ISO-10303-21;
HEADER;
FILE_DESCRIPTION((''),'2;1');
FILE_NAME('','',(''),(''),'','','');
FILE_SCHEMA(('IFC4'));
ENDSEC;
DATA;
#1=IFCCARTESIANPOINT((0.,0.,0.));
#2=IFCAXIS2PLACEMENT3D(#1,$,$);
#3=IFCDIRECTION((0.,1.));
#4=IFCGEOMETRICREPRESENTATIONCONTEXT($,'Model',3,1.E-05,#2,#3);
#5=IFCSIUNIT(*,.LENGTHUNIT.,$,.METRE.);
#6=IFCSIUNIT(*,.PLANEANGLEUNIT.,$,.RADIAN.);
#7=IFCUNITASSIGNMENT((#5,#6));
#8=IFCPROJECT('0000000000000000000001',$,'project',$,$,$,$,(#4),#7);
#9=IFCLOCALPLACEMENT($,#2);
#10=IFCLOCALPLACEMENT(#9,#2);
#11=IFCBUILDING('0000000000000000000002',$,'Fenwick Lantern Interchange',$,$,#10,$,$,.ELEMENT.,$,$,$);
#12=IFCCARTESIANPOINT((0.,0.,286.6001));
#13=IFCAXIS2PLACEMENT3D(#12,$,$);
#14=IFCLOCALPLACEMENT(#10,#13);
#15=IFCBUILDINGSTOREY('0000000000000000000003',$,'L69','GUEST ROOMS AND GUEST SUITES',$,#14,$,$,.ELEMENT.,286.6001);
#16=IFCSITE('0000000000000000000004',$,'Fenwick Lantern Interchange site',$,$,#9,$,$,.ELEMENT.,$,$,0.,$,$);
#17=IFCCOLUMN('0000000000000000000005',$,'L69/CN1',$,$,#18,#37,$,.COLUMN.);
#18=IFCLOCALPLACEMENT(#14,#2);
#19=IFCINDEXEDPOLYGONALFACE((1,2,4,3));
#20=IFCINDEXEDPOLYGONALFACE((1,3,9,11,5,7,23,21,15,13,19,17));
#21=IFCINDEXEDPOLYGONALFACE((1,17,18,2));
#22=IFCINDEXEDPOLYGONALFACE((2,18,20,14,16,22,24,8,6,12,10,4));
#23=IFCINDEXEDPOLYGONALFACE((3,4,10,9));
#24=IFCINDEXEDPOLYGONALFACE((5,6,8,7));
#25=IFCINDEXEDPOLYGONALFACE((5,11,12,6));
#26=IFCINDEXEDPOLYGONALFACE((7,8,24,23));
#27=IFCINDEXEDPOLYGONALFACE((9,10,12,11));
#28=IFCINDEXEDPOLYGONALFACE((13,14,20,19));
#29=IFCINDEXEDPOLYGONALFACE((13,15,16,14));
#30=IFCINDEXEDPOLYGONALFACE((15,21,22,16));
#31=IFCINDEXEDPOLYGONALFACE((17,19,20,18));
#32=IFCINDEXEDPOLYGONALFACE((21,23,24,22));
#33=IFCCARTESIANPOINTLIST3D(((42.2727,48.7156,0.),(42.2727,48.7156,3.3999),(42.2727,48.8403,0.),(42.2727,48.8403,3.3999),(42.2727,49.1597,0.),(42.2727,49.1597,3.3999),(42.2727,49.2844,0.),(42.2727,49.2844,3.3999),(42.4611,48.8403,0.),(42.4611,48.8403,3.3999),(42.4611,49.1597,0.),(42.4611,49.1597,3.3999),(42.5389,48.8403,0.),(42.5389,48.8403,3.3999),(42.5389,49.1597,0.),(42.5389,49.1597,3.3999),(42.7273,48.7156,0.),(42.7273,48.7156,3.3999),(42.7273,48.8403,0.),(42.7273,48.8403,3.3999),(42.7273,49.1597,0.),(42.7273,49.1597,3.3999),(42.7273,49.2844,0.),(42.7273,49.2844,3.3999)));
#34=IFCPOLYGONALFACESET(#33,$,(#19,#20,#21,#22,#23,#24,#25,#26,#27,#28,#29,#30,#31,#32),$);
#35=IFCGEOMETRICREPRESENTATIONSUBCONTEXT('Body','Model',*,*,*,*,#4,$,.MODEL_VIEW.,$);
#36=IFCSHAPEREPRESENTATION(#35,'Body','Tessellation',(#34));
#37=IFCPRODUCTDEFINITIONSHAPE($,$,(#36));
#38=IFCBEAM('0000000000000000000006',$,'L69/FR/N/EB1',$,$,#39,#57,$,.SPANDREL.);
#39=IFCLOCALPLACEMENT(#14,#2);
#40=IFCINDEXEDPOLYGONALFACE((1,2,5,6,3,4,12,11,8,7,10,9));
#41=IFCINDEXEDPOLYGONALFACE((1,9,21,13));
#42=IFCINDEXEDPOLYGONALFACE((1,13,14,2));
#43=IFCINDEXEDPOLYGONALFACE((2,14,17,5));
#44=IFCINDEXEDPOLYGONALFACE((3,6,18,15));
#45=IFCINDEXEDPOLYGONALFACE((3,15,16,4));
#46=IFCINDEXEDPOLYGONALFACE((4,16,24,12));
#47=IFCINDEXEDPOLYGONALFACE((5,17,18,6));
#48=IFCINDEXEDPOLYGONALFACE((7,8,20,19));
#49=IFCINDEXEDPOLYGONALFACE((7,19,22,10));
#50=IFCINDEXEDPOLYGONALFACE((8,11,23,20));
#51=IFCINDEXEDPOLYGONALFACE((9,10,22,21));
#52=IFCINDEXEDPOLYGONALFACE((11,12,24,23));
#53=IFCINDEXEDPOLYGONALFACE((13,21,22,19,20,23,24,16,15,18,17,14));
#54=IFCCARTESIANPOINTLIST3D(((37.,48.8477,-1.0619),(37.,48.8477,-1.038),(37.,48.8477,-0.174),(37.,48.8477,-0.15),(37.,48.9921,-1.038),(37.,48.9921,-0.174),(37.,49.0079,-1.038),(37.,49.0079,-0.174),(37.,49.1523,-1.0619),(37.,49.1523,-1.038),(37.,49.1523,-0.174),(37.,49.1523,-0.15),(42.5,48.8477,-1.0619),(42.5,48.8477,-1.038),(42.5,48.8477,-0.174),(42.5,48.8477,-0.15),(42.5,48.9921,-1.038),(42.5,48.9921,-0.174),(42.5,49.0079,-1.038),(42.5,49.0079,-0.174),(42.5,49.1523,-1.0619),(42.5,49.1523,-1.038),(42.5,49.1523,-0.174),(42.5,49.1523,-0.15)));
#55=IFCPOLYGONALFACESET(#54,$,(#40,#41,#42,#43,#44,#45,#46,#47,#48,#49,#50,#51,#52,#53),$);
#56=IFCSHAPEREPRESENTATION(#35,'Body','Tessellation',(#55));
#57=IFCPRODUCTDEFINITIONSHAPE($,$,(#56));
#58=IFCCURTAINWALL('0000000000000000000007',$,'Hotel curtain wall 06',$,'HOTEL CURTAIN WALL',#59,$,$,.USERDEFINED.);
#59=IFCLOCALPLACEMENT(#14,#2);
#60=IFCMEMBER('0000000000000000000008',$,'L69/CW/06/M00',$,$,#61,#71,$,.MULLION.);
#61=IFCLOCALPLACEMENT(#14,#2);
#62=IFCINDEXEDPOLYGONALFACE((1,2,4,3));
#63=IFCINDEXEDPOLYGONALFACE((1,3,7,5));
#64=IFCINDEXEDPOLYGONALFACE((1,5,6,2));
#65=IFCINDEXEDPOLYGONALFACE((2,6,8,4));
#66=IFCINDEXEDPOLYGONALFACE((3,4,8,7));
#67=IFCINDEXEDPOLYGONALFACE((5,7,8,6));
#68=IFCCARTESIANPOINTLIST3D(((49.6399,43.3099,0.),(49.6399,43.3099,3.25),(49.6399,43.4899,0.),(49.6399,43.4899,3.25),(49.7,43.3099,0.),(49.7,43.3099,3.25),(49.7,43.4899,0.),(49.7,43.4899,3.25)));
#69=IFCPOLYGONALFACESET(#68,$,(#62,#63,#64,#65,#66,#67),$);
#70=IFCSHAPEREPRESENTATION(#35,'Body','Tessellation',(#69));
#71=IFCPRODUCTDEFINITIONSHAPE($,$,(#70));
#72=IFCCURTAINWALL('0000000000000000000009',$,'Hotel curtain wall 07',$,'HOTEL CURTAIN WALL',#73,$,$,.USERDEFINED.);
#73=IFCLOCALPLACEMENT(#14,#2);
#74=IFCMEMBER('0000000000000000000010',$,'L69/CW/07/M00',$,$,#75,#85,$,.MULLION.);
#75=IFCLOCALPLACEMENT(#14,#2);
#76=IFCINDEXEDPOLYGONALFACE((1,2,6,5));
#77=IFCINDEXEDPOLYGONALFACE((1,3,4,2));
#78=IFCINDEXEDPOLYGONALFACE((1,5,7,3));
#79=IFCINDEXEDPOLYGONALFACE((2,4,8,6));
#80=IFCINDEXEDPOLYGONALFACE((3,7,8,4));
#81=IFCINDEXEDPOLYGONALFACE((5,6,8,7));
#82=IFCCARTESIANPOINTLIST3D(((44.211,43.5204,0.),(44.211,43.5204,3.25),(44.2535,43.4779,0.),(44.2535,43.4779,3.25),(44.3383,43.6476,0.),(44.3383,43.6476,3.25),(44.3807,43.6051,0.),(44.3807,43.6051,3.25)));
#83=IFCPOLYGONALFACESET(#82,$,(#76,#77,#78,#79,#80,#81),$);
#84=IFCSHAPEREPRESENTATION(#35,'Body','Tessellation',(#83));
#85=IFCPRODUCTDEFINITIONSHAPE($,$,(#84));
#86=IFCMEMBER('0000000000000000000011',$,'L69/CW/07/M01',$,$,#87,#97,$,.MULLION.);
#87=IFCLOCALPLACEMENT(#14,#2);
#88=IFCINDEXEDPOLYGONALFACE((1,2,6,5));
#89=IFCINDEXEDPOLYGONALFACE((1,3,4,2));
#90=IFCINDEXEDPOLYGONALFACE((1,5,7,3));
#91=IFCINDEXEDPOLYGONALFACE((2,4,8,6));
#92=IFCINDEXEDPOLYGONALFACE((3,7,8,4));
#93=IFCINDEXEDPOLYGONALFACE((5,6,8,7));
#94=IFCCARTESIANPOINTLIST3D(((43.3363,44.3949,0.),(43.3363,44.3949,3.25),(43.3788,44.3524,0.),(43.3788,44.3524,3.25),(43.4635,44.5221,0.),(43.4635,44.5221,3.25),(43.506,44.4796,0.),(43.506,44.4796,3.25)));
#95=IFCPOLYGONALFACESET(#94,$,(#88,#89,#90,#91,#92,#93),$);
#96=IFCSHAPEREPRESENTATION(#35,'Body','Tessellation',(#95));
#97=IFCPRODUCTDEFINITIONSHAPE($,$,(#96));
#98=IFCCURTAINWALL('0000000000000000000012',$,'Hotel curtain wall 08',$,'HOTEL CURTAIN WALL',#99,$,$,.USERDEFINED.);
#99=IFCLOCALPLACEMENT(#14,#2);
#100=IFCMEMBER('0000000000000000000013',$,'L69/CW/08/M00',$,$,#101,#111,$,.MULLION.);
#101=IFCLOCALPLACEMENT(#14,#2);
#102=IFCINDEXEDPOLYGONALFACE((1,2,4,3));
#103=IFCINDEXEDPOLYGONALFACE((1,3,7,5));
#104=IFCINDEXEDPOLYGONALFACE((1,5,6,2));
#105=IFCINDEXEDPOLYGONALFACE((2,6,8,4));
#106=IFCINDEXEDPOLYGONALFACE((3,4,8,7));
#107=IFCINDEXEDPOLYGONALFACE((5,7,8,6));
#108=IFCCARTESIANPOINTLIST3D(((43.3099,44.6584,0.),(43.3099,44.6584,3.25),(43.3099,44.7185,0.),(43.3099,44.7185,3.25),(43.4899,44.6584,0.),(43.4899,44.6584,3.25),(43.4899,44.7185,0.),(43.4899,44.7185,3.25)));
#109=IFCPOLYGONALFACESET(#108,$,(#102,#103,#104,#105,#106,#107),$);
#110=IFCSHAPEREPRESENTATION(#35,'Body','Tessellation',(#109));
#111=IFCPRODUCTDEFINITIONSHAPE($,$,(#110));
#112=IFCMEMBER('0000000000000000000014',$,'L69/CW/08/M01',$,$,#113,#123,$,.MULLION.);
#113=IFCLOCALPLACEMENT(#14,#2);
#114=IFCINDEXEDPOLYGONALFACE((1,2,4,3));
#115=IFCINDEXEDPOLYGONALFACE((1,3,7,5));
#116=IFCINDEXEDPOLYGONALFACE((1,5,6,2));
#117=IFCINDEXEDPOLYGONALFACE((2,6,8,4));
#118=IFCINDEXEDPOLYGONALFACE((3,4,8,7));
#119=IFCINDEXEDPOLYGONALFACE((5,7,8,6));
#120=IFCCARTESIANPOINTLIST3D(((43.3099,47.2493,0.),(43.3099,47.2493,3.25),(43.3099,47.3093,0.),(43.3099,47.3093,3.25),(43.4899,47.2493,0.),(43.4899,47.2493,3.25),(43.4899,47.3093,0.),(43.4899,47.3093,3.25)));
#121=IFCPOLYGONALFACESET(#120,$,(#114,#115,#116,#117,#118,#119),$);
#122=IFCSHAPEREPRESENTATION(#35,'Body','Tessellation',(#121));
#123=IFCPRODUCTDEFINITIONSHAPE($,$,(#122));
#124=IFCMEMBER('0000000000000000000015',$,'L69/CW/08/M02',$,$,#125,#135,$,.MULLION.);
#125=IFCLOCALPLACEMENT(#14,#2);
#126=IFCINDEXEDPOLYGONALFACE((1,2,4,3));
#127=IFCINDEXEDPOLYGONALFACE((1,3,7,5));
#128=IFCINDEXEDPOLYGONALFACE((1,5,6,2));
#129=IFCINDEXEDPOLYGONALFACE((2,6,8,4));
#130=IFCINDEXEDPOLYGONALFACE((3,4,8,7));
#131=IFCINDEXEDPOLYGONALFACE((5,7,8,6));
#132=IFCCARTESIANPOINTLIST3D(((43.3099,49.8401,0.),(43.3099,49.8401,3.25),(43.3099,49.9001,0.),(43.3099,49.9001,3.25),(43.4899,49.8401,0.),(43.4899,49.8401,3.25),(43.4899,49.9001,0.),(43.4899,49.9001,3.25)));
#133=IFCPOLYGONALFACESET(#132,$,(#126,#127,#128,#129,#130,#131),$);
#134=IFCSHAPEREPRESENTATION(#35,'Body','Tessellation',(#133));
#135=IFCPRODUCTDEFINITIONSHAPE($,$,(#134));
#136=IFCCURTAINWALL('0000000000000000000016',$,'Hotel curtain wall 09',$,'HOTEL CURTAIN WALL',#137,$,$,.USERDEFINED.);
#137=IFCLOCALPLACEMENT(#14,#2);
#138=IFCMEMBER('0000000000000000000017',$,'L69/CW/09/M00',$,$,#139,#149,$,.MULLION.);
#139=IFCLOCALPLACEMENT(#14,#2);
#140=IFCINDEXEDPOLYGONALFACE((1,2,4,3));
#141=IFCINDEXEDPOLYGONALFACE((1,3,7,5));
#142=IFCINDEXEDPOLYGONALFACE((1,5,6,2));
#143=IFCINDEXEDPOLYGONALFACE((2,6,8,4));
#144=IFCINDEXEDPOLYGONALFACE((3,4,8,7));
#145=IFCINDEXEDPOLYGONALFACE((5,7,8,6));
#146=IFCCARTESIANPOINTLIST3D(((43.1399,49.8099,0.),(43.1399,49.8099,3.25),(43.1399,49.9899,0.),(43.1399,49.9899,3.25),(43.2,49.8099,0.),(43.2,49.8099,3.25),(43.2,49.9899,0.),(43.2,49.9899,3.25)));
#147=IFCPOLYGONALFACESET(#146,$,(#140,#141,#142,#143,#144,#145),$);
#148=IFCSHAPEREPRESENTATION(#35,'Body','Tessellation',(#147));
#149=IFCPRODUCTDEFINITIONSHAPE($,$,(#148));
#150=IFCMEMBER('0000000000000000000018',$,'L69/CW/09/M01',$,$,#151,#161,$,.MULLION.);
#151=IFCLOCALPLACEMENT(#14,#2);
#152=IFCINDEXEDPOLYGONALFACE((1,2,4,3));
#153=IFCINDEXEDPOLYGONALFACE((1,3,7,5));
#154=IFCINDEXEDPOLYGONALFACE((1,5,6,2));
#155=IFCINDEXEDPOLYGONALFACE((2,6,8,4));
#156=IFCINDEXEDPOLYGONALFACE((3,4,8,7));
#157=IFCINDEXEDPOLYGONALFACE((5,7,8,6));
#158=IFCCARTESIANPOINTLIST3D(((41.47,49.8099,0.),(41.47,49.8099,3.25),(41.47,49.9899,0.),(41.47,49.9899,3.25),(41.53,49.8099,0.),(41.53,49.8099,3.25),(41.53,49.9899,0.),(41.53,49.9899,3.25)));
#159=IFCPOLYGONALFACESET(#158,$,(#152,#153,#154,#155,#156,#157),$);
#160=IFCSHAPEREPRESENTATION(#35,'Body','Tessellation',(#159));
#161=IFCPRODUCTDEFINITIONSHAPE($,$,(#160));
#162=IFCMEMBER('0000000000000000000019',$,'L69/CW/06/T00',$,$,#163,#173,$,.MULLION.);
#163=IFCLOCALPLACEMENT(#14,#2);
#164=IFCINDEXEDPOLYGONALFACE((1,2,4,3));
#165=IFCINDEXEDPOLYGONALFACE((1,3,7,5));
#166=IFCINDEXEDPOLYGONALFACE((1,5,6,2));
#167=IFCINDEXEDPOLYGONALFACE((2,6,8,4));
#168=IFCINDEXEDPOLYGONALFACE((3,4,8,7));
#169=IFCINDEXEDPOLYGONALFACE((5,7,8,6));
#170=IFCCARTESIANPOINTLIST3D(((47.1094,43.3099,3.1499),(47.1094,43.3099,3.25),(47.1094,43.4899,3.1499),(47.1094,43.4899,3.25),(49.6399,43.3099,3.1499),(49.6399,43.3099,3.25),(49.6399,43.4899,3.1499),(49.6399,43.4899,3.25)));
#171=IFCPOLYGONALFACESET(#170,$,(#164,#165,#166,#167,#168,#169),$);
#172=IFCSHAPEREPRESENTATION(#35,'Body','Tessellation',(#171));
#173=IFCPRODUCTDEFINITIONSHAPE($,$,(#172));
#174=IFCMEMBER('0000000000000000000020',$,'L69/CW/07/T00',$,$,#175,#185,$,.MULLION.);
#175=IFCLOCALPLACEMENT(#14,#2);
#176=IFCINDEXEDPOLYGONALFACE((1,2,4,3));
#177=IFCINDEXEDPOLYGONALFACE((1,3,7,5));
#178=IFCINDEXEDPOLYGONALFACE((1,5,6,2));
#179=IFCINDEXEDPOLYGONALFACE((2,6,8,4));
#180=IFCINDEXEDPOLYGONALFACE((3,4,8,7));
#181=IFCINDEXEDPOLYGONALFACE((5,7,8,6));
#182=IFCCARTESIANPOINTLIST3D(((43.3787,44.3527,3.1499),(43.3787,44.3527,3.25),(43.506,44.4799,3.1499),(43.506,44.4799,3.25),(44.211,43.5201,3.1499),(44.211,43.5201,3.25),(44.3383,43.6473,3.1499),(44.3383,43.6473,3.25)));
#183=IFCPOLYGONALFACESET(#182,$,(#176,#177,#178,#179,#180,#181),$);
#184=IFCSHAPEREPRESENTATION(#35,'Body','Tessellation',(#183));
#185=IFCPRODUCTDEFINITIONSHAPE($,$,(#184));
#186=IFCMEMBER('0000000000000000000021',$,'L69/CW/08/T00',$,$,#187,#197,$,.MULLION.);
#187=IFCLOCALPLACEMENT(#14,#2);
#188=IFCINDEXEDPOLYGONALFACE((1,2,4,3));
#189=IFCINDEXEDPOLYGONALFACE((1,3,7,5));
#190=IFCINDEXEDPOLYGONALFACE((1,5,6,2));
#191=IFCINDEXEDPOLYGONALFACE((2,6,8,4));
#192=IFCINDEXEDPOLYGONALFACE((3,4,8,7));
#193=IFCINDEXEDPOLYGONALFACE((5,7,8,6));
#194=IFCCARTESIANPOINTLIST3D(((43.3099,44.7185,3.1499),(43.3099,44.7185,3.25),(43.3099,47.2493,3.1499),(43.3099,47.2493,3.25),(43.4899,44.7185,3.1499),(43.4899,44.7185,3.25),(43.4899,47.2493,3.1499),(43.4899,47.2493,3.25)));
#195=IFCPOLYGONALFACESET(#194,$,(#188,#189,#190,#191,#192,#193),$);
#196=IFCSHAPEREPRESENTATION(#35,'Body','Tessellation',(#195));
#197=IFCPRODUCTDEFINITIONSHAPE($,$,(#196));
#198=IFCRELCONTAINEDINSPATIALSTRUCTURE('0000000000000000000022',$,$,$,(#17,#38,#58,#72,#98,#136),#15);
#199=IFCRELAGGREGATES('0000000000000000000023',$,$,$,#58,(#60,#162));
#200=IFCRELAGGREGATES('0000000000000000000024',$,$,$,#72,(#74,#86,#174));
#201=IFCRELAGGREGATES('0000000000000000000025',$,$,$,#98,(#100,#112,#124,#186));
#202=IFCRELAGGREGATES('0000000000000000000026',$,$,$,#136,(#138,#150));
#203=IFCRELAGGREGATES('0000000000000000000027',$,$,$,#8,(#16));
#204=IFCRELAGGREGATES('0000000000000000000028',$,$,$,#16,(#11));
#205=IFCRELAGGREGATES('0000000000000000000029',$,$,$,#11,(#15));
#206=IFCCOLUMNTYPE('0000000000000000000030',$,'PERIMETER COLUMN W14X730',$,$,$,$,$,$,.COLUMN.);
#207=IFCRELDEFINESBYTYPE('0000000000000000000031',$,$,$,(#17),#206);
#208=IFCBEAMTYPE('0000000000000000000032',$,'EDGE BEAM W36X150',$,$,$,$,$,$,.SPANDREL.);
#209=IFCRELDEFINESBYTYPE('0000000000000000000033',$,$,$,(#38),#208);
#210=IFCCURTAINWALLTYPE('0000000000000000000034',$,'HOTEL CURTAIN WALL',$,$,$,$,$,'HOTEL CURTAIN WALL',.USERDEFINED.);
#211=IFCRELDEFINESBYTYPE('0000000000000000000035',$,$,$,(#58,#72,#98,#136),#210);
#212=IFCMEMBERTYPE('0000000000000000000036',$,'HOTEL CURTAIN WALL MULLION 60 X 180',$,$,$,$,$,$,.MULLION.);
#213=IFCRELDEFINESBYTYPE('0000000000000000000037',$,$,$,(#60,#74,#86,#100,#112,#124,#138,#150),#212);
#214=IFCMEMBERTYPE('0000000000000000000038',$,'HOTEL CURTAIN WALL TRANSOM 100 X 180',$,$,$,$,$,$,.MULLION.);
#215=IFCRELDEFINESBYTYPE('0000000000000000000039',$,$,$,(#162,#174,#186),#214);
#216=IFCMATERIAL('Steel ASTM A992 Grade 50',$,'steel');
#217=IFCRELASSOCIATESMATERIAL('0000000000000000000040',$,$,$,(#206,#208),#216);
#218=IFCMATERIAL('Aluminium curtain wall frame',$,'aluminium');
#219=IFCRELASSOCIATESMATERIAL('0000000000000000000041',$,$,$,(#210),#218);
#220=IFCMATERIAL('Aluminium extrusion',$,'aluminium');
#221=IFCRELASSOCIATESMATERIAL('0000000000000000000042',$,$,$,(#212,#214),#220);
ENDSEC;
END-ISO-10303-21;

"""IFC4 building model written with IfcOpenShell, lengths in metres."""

from ifc_helpers import new_model, si_unit, direction, frame, origin, origin_2d, place, context, subcontext, project, spatial, rectangle, i_section, extrude, material, material_profile, profile_set, type_object, element, aggregate, save


model = new_model("IFC4")

# Units and contexts
model_context = context("Model", 3, precision=1e-05, world=origin(), true_north=direction((0.0, 1.0)))
body_context = subcontext(model_context, "Body", "Model", "MODEL_VIEW")
ifc_project = project(units=[si_unit("LENGTHUNIT", "METRE"), si_unit("PLANEANGLEUNIT", "RADIAN")], contexts=[model_context])

# Site, building, storey
site_placement = place(None, origin())
site = spatial("IfcSite", under=ifc_project, at=site_placement, Name="Fenwick Lantern Interchange site", CompositionType="ELEMENT", RefElevation=0.0)
building_placement = place(site_placement, origin())
building = spatial("IfcBuilding", under=site, at=building_placement, Name="Fenwick Lantern Interchange", CompositionType="ELEMENT")
storey_placement = place(building_placement, frame((0.0, 0.0, 286.6001)))
storey = spatial("IfcBuildingStorey", under=building, at=storey_placement, Name="L69", Description="GUEST ROOMS AND GUEST SUITES", CompositionType="ELEMENT", Elevation=286.6001)

# Column
ifc_material_1 = material(Name="Steel ASTM A992 Grade 50", Category="steel")
ifc_material_profile_1 = material_profile(ifc_material_1, i_section(OverallWidth=0.4546, OverallDepth=0.5688, WebThickness=0.0779, FlangeThickness=0.1248, at=origin_2d()), Name="W14X730")
ifc_profile_set_1 = profile_set([ifc_material_profile_1], Name="Steel ASTM A992 Grade 50")
column_type = type_object("IfcColumnType", Name="PERIMETER COLUMN W14X730", PredefinedType="COLUMN", material=ifc_profile_set_1)
column_placement = place(storey_placement, frame((42.5, 49.0, 0.0), z_axis=(0.0, 0.0, 1.0), x_axis=(1.0, 0.0, 0.0)))
element("IfcColumn", 1, at=column_placement, inside=storey, type_object=column_type, Name="L69/CN1", PredefinedType="COLUMN", context=body_context, shape_type="SweptSolid", body=[
    extrude(i_section(OverallWidth=0.4546, OverallDepth=0.5688, WebThickness=0.0779, FlangeThickness=0.1248, at=origin_2d()), origin(), (0.0, 0.0, 1.0), 3.3999),
])

# Beam
ifc_material_profile_2 = material_profile(ifc_material_1, i_section(OverallWidth=0.3047, OverallDepth=0.9119, WebThickness=0.0159, FlangeThickness=0.0239, at=origin_2d()), Name="W36X150")
ifc_profile_set_2 = profile_set([ifc_material_profile_2], Name="Steel ASTM A992 Grade 50")
beam_type = type_object("IfcBeamType", Name="EDGE BEAM W36X150", PredefinedType="SPANDREL", material=ifc_profile_set_2)
beam_placement = place(storey_placement, frame((42.5, 49.0, -0.606), z_axis=(-1.0, 0.0, 0.0), x_axis=(0.0, -1.0, 0.0)))
element("IfcBeam", 2, at=beam_placement, inside=storey, type_object=beam_type, Name="L69/FR/N/EB1", PredefinedType="SPANDREL", context=body_context, shape_type="SweptSolid", body=[
    extrude(i_section(OverallWidth=0.3047, OverallDepth=0.9119, WebThickness=0.0159, FlangeThickness=0.0239, at=origin_2d()), origin(), (0.0, 0.0, 1.0), 5.5),
])

# Curtain wall, member
ifc_material_2 = material(Name="Aluminium curtain wall frame", Category="aluminium")
curtain_wall_type = type_object("IfcCurtainWallType", Name="HOTEL CURTAIN WALL", ElementType="HOTEL CURTAIN WALL", PredefinedType="USERDEFINED", material=ifc_material_2)
curtain_wall_1_placement = place(storey_placement, origin())
curtain_wall_1 = element("IfcCurtainWall", 3, at=curtain_wall_1_placement, inside=storey, type_object=curtain_wall_type, Name="Hotel curtain wall 06", ObjectType="HOTEL CURTAIN WALL", PredefinedType="USERDEFINED")
ifc_material_3 = material(Name="Aluminium extrusion", Category="aluminium")
ifc_material_profile_3 = material_profile(ifc_material_3, rectangle(XDim=0.1799, YDim=0.0601, at=origin_2d()), Name="HOTEL CURTAIN WALL MULLION 60 X 180")
ifc_profile_set_3 = profile_set([ifc_material_profile_3], Name="Aluminium extrusion")
member_type_1 = type_object("IfcMemberType", Name="HOTEL CURTAIN WALL MULLION 60 X 180", PredefinedType="MULLION", material=ifc_profile_set_3)
member_1_placement = place(storey_placement, frame((49.6699, 43.3999, 0.0), z_axis=(0.0, 0.0, 1.0), x_axis=(0.0, -1.0, 0.0)))
member_1 = element("IfcMember", 4, at=member_1_placement, type_object=member_type_1, Name="L69/CW/06/M00", PredefinedType="MULLION", context=body_context, shape_type="SweptSolid", body=[
    extrude(rectangle(XDim=0.1799, YDim=0.0601, at=origin_2d()), origin(), (0.0, 0.0, 1.0), 3.25),
])

# Curtain walls, members
curtain_wall_2_placement = place(storey_placement, origin())
curtain_wall_2 = element("IfcCurtainWall", 5, at=curtain_wall_2_placement, inside=storey, type_object=curtain_wall_type, Name="Hotel curtain wall 07", ObjectType="HOTEL CURTAIN WALL", PredefinedType="USERDEFINED")
member_2_placement = place(storey_placement, frame((44.2959, 43.5627, 0.0), z_axis=(0.0, 0.0, 1.0), x_axis=(-0.707107, -0.707107, 0.0)))
member_2 = element("IfcMember", 6, at=member_2_placement, type_object=member_type_1, Name="L69/CW/07/M00", PredefinedType="MULLION", context=body_context, shape_type="SweptSolid", body=[
    extrude(rectangle(XDim=0.1799, YDim=0.0601, at=origin_2d()), origin(), (0.0, 0.0, 1.0), 3.25),
])
member_3_placement = place(storey_placement, frame((43.4211, 44.4373, 0.0), z_axis=(0.0, 0.0, 1.0), x_axis=(-0.707107, -0.707107, 0.0)))
member_3 = element("IfcMember", 7, at=member_3_placement, type_object=member_type_1, Name="L69/CW/07/M01", PredefinedType="MULLION", context=body_context, shape_type="SweptSolid", body=[
    extrude(rectangle(XDim=0.1799, YDim=0.0601, at=origin_2d()), origin(), (0.0, 0.0, 1.0), 3.25),
])
curtain_wall_3_placement = place(storey_placement, origin())
curtain_wall_3 = element("IfcCurtainWall", 8, at=curtain_wall_3_placement, inside=storey, type_object=curtain_wall_type, Name="Hotel curtain wall 08", ObjectType="HOTEL CURTAIN WALL", PredefinedType="USERDEFINED")
member_4_placement = place(storey_placement, frame((43.3999, 44.6885, 0.0), z_axis=(0.0, 0.0, 1.0), x_axis=(-1.0, 0.0, 0.0)))
member_4 = element("IfcMember", 9, at=member_4_placement, type_object=member_type_1, Name="L69/CW/08/M00", PredefinedType="MULLION", context=body_context, shape_type="SweptSolid", body=[
    extrude(rectangle(XDim=0.1799, YDim=0.0601, at=origin_2d()), origin(), (0.0, 0.0, 1.0), 3.25),
])
member_5_placement = place(storey_placement, frame((43.3999, 47.2793, 0.0), z_axis=(0.0, 0.0, 1.0), x_axis=(-1.0, 0.0, 0.0)))
member_5 = element("IfcMember", 10, at=member_5_placement, type_object=member_type_1, Name="L69/CW/08/M01", PredefinedType="MULLION", context=body_context, shape_type="SweptSolid", body=[
    extrude(rectangle(XDim=0.1799, YDim=0.0601, at=origin_2d()), origin(), (0.0, 0.0, 1.0), 3.25),
])
member_6_placement = place(storey_placement, frame((43.3999, 49.8701, 0.0), z_axis=(0.0, 0.0, 1.0), x_axis=(-1.0, 0.0, 0.0)))
member_6 = element("IfcMember", 11, at=member_6_placement, type_object=member_type_1, Name="L69/CW/08/M02", PredefinedType="MULLION", context=body_context, shape_type="SweptSolid", body=[
    extrude(rectangle(XDim=0.1799, YDim=0.0601, at=origin_2d()), origin(), (0.0, 0.0, 1.0), 3.25),
])
curtain_wall_4_placement = place(storey_placement, origin())
curtain_wall_4 = element("IfcCurtainWall", 12, at=curtain_wall_4_placement, inside=storey, type_object=curtain_wall_type, Name="Hotel curtain wall 09", ObjectType="HOTEL CURTAIN WALL", PredefinedType="USERDEFINED")
member_7_placement = place(storey_placement, frame((43.1699, 49.8999, 0.0), z_axis=(0.0, 0.0, 1.0), x_axis=(0.0, -1.0, 0.0)))
member_7 = element("IfcMember", 13, at=member_7_placement, type_object=member_type_1, Name="L69/CW/09/M00", PredefinedType="MULLION", context=body_context, shape_type="SweptSolid", body=[
    extrude(rectangle(XDim=0.1799, YDim=0.0601, at=origin_2d()), origin(), (0.0, 0.0, 1.0), 3.25),
])
member_8_placement = place(storey_placement, frame((41.5, 49.8999, 0.0), z_axis=(0.0, 0.0, 1.0), x_axis=(0.0, -1.0, 0.0)))
member_8 = element("IfcMember", 14, at=member_8_placement, type_object=member_type_1, Name="L69/CW/09/M01", PredefinedType="MULLION", context=body_context, shape_type="SweptSolid", body=[
    extrude(rectangle(XDim=0.1799, YDim=0.0601, at=origin_2d()), origin(), (0.0, 0.0, 1.0), 3.25),
])

# Members
ifc_material_profile_4 = material_profile(ifc_material_3, rectangle(XDim=0.1799, YDim=0.1001, at=origin_2d()), Name="HOTEL CURTAIN WALL TRANSOM 100 X 180")
ifc_profile_set_4 = profile_set([ifc_material_profile_4], Name="Aluminium extrusion")
member_type_2 = type_object("IfcMemberType", Name="HOTEL CURTAIN WALL TRANSOM 100 X 180", PredefinedType="MULLION", material=ifc_profile_set_4)
member_9_placement = place(storey_placement, frame((49.6399, 43.3999, 3.2), z_axis=(-1.0, 0.0, 0.0), x_axis=(0.0, -1.0, 0.0)))
member_9 = element("IfcMember", 15, at=member_9_placement, type_object=member_type_2, Name="L69/CW/06/T00", PredefinedType="MULLION", context=body_context, shape_type="SweptSolid", body=[
    extrude(rectangle(XDim=0.1799, YDim=0.1001, at=origin_2d()), origin(), (0.0, 0.0, 1.0), 2.5305),
])
aggregate(curtain_wall_1, [member_1, member_9])
member_10_placement = place(storey_placement, frame((44.2747, 43.5837, 3.2), z_axis=(-0.707003, 0.70721, 0.0), x_axis=(-0.70721, -0.707003, 0.0)))
member_10 = element("IfcMember", 16, at=member_10_placement, type_object=member_type_2, Name="L69/CW/07/T00", PredefinedType="MULLION", context=body_context, shape_type="SweptSolid", body=[
    extrude(rectangle(XDim=0.1799, YDim=0.1001, at=origin_2d()), origin(), (0.0, 0.0, 1.0), 1.1772),
])
member_11_placement = place(storey_placement, frame((43.3999, 44.7185, 3.2), z_axis=(0.0, 1.0, 0.0), x_axis=(-1.0, 0.0, 0.0)))
member_11 = element("IfcMember", 17, at=member_11_placement, type_object=member_type_2, Name="L69/CW/08/T00", PredefinedType="MULLION", context=body_context, shape_type="SweptSolid", body=[
    extrude(rectangle(XDim=0.1799, YDim=0.1001, at=origin_2d()), origin(), (0.0, 0.0, 1.0), 2.5308),
])

aggregate(curtain_wall_2, [member_2, member_3, member_10])
aggregate(curtain_wall_3, [member_4, member_5, member_6, member_11])
aggregate(curtain_wall_4, [member_7, member_8])

save(model, "model.ifc")
